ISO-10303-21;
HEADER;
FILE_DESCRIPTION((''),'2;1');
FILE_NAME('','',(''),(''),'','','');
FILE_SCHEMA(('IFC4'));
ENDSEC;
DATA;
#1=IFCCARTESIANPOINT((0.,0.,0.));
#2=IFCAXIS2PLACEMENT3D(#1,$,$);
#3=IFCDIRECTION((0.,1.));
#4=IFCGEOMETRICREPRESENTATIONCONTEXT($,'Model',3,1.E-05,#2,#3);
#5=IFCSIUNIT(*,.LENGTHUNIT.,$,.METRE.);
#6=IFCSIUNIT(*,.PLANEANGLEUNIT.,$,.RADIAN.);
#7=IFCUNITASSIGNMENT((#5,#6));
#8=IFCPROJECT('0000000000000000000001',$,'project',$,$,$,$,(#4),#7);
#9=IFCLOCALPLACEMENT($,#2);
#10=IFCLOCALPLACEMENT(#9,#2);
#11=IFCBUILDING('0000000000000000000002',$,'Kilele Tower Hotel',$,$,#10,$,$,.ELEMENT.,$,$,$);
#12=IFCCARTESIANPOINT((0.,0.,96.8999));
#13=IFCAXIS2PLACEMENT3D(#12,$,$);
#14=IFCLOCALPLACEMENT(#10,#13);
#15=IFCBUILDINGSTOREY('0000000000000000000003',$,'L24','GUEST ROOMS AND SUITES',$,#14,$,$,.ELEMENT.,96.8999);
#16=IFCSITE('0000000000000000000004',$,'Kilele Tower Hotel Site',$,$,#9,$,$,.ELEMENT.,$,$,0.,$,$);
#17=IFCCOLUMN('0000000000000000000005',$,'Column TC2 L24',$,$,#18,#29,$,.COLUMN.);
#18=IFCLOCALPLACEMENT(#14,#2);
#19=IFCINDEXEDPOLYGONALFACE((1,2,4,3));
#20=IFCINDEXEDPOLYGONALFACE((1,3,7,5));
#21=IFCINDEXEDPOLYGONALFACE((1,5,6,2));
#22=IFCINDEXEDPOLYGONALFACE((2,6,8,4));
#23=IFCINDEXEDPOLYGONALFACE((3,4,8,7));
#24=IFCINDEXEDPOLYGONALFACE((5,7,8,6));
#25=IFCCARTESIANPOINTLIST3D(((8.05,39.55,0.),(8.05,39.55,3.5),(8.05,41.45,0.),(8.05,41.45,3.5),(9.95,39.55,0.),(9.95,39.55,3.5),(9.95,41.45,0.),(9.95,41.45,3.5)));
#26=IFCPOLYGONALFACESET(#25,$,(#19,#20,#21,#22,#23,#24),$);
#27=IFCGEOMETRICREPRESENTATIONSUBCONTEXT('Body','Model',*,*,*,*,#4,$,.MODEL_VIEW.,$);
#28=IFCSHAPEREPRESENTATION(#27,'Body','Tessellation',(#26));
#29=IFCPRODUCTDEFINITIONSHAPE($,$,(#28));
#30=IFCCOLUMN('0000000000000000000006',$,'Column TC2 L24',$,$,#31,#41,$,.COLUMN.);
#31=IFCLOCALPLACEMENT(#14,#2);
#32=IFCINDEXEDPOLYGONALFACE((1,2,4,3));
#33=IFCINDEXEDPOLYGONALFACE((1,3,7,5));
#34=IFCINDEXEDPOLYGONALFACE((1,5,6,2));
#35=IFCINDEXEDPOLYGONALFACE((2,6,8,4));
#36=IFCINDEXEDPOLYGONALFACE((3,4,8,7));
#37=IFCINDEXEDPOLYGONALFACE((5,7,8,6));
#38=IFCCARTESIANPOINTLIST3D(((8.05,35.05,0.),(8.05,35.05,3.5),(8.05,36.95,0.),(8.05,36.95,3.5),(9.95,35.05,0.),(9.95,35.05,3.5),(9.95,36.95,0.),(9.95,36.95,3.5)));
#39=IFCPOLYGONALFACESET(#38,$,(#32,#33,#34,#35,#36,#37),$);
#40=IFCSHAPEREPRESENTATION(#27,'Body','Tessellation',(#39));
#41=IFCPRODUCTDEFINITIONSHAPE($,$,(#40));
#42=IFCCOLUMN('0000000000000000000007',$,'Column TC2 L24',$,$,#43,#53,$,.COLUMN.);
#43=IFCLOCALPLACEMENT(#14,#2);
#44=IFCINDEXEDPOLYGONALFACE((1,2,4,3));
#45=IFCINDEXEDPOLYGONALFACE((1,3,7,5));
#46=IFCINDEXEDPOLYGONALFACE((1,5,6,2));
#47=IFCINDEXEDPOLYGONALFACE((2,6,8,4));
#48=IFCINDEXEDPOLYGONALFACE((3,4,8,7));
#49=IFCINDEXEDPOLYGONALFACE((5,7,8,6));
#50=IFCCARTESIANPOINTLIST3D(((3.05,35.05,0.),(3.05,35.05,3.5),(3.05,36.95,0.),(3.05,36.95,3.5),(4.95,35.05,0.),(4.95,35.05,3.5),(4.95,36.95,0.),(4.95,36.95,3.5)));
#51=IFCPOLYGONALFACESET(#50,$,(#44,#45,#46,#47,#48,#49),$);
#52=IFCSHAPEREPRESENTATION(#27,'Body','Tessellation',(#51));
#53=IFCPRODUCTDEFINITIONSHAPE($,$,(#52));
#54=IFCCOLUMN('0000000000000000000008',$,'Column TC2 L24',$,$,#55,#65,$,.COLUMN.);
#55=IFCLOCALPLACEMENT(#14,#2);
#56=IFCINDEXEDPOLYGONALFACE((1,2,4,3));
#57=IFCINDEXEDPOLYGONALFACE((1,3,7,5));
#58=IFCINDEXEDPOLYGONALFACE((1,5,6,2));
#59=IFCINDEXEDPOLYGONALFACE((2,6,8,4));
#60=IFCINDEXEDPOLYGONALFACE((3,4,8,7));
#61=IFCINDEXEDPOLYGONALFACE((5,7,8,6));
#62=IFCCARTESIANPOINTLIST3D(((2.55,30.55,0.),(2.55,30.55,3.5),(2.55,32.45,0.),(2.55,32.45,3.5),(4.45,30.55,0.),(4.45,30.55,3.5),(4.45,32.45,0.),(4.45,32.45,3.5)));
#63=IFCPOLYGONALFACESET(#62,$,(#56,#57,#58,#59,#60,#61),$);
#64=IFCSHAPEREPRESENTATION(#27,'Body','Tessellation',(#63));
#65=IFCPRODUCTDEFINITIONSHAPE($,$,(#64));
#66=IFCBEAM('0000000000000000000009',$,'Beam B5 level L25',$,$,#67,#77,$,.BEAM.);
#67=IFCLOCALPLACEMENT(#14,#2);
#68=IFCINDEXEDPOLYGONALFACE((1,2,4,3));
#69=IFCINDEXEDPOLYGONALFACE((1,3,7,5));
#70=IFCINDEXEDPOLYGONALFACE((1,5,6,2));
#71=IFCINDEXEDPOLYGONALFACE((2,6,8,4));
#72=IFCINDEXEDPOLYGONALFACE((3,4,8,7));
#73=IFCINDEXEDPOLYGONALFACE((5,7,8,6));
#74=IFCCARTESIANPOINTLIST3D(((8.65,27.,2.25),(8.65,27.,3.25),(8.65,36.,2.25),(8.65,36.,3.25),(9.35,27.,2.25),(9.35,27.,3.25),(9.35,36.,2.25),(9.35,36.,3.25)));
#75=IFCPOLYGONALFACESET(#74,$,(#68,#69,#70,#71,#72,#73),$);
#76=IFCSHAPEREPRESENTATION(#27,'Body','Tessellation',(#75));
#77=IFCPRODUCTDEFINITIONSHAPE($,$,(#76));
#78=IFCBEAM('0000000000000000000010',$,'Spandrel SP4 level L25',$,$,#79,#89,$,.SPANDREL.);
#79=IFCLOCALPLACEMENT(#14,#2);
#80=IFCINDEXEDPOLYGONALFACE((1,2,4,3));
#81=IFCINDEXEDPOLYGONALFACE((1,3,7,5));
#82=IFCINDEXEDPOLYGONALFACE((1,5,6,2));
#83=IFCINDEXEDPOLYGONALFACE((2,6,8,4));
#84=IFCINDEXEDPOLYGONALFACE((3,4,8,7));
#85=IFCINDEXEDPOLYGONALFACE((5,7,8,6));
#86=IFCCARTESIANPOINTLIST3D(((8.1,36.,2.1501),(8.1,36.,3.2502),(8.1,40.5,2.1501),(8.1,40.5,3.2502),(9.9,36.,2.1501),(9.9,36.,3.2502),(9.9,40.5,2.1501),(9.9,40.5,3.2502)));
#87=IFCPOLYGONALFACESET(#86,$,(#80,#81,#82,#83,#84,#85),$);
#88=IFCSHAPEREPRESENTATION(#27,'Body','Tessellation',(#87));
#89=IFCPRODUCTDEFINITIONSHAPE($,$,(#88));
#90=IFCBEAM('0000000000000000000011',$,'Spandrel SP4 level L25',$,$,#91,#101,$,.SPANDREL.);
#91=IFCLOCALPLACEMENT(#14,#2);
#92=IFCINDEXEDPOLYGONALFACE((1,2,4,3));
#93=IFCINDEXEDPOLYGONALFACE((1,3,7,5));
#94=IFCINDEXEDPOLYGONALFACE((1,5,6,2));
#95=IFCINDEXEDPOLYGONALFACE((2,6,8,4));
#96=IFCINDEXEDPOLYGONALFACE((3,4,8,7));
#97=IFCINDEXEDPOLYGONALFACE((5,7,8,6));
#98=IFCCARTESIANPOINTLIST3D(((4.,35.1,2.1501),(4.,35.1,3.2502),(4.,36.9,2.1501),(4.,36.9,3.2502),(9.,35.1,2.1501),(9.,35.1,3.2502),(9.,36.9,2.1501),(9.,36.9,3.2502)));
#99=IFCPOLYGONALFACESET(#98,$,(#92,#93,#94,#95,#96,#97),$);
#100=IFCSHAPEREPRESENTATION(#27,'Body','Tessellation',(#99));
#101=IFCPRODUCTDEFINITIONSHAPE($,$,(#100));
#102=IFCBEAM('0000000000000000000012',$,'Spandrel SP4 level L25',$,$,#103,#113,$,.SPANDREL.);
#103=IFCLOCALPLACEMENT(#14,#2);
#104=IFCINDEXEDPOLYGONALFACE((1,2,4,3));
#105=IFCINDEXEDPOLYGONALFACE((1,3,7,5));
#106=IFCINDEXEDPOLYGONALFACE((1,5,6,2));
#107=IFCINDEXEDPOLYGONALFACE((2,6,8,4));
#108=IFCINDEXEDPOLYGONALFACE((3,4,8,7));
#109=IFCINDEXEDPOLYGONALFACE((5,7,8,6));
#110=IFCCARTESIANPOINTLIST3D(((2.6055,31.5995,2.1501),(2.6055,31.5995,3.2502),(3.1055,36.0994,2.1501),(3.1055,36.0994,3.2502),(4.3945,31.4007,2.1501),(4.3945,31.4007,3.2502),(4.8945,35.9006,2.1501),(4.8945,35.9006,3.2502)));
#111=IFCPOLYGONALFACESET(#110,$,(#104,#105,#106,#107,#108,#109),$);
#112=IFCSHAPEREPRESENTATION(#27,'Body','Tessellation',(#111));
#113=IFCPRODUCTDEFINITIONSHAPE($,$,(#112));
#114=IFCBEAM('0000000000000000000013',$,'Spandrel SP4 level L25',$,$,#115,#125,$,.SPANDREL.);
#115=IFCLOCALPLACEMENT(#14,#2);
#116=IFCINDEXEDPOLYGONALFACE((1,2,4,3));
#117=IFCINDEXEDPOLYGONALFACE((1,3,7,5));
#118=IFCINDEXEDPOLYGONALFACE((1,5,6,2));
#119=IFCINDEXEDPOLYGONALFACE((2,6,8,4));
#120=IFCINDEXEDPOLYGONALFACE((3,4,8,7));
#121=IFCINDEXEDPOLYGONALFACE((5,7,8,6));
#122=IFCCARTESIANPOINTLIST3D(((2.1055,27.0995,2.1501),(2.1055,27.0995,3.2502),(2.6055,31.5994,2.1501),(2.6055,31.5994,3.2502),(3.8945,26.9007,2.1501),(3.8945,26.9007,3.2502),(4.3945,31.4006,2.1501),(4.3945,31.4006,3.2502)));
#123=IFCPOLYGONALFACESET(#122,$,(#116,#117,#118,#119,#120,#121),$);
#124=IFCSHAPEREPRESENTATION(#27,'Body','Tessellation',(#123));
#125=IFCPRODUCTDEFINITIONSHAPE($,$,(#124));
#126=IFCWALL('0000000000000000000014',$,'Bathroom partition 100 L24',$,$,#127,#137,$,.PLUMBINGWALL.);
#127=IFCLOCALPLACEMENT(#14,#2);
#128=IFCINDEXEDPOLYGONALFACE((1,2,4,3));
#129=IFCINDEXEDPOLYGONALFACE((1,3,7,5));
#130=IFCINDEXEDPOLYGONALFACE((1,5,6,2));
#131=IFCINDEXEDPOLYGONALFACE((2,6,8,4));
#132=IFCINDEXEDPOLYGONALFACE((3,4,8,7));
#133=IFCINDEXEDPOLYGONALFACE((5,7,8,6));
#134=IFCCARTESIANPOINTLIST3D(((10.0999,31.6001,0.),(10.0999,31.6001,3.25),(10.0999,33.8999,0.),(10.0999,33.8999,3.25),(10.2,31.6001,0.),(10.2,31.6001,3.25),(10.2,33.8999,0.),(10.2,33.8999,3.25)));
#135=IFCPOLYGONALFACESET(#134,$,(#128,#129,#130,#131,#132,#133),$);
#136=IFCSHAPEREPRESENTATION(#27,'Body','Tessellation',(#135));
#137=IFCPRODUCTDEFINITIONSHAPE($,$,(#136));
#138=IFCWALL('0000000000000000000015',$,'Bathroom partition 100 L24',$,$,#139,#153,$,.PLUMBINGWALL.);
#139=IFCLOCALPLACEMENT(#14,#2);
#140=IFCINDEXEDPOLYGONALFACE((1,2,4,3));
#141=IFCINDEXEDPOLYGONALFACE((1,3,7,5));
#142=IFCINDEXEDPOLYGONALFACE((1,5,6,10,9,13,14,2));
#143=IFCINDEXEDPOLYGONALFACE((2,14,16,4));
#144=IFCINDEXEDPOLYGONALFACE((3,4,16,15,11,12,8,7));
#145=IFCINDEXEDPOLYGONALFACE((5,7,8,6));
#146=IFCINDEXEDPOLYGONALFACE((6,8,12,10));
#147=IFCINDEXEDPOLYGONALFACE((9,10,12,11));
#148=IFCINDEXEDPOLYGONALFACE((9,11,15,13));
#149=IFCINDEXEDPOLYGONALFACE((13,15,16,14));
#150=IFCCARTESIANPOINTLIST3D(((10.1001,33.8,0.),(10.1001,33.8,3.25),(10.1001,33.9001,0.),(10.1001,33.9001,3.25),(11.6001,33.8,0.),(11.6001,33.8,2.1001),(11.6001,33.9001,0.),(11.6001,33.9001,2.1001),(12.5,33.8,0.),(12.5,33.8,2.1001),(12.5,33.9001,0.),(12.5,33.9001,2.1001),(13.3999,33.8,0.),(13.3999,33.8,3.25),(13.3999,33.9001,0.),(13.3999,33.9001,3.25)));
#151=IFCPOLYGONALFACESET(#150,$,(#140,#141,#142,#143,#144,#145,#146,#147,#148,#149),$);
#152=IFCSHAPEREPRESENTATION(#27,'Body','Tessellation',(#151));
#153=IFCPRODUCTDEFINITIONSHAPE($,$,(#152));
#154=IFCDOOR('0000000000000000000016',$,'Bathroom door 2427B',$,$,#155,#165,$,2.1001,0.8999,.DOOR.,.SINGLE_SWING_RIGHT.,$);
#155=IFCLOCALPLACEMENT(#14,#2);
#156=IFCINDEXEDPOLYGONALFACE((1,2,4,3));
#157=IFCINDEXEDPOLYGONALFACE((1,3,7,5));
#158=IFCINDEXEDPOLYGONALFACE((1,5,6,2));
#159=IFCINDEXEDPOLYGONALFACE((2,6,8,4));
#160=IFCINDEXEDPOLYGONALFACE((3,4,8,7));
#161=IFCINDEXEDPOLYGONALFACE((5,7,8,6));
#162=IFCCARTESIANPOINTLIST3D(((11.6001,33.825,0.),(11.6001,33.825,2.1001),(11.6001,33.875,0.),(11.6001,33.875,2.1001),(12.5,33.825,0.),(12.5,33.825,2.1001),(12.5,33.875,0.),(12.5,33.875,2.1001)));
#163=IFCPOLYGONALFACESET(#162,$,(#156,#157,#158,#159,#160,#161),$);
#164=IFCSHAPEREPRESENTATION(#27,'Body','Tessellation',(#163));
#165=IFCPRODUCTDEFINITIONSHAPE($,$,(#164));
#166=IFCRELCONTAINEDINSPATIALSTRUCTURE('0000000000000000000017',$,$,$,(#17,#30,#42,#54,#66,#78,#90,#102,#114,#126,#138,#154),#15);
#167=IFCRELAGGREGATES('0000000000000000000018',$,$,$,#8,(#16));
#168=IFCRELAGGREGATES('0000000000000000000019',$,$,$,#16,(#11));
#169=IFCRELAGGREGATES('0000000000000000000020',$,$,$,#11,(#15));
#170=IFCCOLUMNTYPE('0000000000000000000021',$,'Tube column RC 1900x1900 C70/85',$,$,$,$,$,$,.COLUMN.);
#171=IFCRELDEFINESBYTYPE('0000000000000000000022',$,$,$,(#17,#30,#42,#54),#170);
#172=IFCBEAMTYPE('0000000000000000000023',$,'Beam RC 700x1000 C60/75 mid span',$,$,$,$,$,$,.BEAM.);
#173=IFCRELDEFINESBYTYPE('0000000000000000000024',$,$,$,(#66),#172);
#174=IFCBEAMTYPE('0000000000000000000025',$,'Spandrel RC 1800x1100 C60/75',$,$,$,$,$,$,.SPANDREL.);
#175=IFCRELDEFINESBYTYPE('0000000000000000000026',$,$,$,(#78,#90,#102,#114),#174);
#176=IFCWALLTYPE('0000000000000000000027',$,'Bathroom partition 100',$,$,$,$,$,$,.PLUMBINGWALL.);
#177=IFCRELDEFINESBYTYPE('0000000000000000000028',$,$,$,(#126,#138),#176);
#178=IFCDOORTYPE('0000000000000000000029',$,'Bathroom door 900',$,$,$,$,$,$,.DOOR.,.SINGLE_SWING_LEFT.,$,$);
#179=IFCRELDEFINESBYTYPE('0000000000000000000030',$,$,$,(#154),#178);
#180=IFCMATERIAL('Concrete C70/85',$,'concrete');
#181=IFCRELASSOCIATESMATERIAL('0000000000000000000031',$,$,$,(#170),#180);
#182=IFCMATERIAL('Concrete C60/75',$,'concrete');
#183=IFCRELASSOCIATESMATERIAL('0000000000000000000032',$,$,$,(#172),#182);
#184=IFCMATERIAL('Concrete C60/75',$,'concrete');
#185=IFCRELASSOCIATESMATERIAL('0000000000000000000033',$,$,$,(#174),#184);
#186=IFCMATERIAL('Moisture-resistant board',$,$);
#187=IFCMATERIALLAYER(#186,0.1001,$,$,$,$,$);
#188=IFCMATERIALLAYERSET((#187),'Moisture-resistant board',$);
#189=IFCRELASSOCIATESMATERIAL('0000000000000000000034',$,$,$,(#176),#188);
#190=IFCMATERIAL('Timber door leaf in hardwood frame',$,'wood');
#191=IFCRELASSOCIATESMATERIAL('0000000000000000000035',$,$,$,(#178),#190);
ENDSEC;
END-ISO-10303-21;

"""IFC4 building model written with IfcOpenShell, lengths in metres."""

from ifc_helpers import new_model, si_unit, direction, frame, frame_2d, origin, origin_2d, place, context, subcontext, project, spatial, rectangle, extrude, material, layer, layer_set, material_profile, profile_set, type_object, element, fill, save


model = new_model("IFC4")

# Units and contexts
model_context = context("Model", 3, precision=1e-05, world=origin(), true_north=direction((0.0, 1.0)))
body_context = subcontext(model_context, "Body", "Model", "MODEL_VIEW")
ifc_project = project(units=[si_unit("LENGTHUNIT", "METRE"), si_unit("PLANEANGLEUNIT", "RADIAN")], contexts=[model_context])

# Site, building, storey
site_placement = place(None, origin())
site = spatial("IfcSite", under=ifc_project, at=site_placement, Name="Kilele Tower Hotel Site", CompositionType="ELEMENT", RefElevation=0.0)
building_placement = place(site_placement, origin())
building = spatial("IfcBuilding", under=site, at=building_placement, Name="Kilele Tower Hotel", CompositionType="ELEMENT")
storey_placement = place(building_placement, frame((0.0, 0.0, 96.8999)))
storey = spatial("IfcBuildingStorey", under=building, at=storey_placement, Name="L24", Description="GUEST ROOMS AND SUITES", CompositionType="ELEMENT", Elevation=96.8999)

# Columns
ifc_material_1 = material(Name="Concrete C70/85", Category="concrete")
ifc_material_profile_1 = material_profile(ifc_material_1, rectangle(XDim=1.8999, YDim=1.8999, at=origin_2d()))
ifc_profile_set_1 = profile_set([ifc_material_profile_1], Name="Concrete C70/85")
column_type = type_object("IfcColumnType", Name="Tube column RC 1900x1900 C70/85", PredefinedType="COLUMN", material=ifc_profile_set_1)
for number, where, z_axis, x_axis, name in (
    (1, (9.0, 40.5, 0.0), (0.0, 0.0, 1.0), (1.0, 0.0, 0.0), "Column TC2 L24"),
    (2, (9.0, 36.0, 0.0), (0.0, 0.0, 1.0), (1.0, 0.0, 0.0), "Column TC2 L24"),
    (3, (4.0, 36.0, 0.0), (0.0, 0.0, 1.0), (1.0, 0.0, 0.0), "Column TC2 L24"),
    (4, (3.5, 31.5, 0.0), (0.0, 0.0, 1.0), (1.0, 0.0, 0.0), "Column TC2 L24"),
):
    element("IfcColumn", number, at=place(storey_placement, frame(where, z_axis=z_axis, x_axis=x_axis)), inside=storey, type_object=column_type, Name=name, PredefinedType="COLUMN", context=body_context, shape_type="SweptSolid", body=[
        extrude(rectangle(XDim=1.8999, YDim=1.8999, at=origin_2d()), origin(), (0.0, 0.0, 1.0), 3.5),
    ])

# Beams
ifc_material_2 = material(Name="Concrete C60/75", Category="concrete")
ifc_material_profile_2 = material_profile(ifc_material_2, rectangle(XDim=0.7, YDim=1.0, at=origin_2d()))
ifc_profile_set_2 = profile_set([ifc_material_profile_2], Name="Concrete C60/75")
beam_type_1 = type_object("IfcBeamType", Name="Beam RC 700x1000 C60/75 mid span", PredefinedType="BEAM", material=ifc_profile_set_2)
beam_1_placement = place(storey_placement, frame((9.0, 36.0, 2.75), z_axis=(0.0, -1.0, 0.0), x_axis=(1.0, 0.0, 0.0)))
element("IfcBeam", 5, at=beam_1_placement, inside=storey, type_object=beam_type_1, Name="Beam B5 level L25", PredefinedType="BEAM", context=body_context, shape_type="SweptSolid", body=[
    extrude(rectangle(XDim=0.7, YDim=1.0, at=origin_2d()), origin(), (0.0, 0.0, 1.0), 9.0),
])
ifc_material_3 = material(Name="Concrete C60/75", Category="concrete")
ifc_material_profile_3 = material_profile(ifc_material_3, rectangle(XDim=1.8, YDim=1.1001, at=origin_2d()))
ifc_profile_set_3 = profile_set([ifc_material_profile_3], Name="Concrete C60/75")
beam_type_2 = type_object("IfcBeamType", Name="Spandrel RC 1800x1100 C60/75", PredefinedType="SPANDREL", material=ifc_profile_set_3)
beam_2_placement = place(storey_placement, frame((9.0, 40.5, 2.7002), z_axis=(0.0, -1.0, 0.0), x_axis=(1.0, 0.0, 0.0)))
element("IfcBeam", 6, at=beam_2_placement, inside=storey, type_object=beam_type_2, Name="Spandrel SP4 level L25", PredefinedType="SPANDREL", context=body_context, shape_type="SweptSolid", body=[
    extrude(rectangle(XDim=1.8, YDim=1.1001, at=origin_2d()), origin(), (0.0, 0.0, 1.0), 4.5),
])
beam_3_placement = place(storey_placement, frame((9.0, 36.0, 2.7002), z_axis=(-1.0, 0.0, 0.0), x_axis=(0.0, -1.0, 0.0)))
element("IfcBeam", 7, at=beam_3_placement, inside=storey, type_object=beam_type_2, Name="Spandrel SP4 level L25", PredefinedType="SPANDREL", context=body_context, shape_type="SweptSolid", body=[
    extrude(rectangle(XDim=1.8, YDim=1.1001, at=origin_2d()), origin(), (0.0, 0.0, 1.0), 5.0),
])
for number, where, z_axis, x_axis, name in (
    (8, (4.0, 36.0, 2.7002), (-0.110432, -0.993884, 0.0), (0.993884, -0.110432, 0.0), "Spandrel SP4 level L25"),
    (9, (3.5, 31.5, 2.7002), (-0.110432, -0.993884, 0.0), (0.993884, -0.110432, 0.0), "Spandrel SP4 level L25"),
):
    element("IfcBeam", number, at=place(storey_placement, frame(where, z_axis=z_axis, x_axis=x_axis)), inside=storey, type_object=beam_type_2, Name=name, PredefinedType="SPANDREL", context=body_context, shape_type="SweptSolid", body=[
        extrude(rectangle(XDim=1.8, YDim=1.1001, at=origin_2d()), origin(), (0.0, 0.0, 1.0), 4.5276),
    ])

# Wall
ifc_material_4 = material(Name="Moisture-resistant board")
ifc_layer_1 = layer(ifc_material_4, 0.1001)
ifc_layer_set_1 = layer_set([ifc_layer_1], Name="Moisture-resistant board")
wall_type_1 = type_object("IfcWallType", Name="Bathroom partition 100", PredefinedType="PLUMBINGWALL", material=ifc_layer_set_1)
wall_1_placement = place(storey_placement, frame((10.1499, 31.6001, 0.0), z_axis=(0.0, 0.0, 1.0), x_axis=(0.0, 1.0, 0.0)))
element("IfcWall", 10, at=wall_1_placement, inside=storey, type_object=wall_type_1, Name="Bathroom partition 100 L24", PredefinedType="PLUMBINGWALL", context=body_context, shape_type="SweptSolid", body=[
    extrude(rectangle(XDim=2.2998, YDim=0.1001, at=frame_2d((1.1499, 0.0))), origin(), (0.0, 0.0, 1.0), 3.25),
])

# Wall, opening, door
wall_2_placement = place(storey_placement, frame((13.3999, 33.8501, 0.0), z_axis=(0.0, 0.0, 1.0), x_axis=(-1.0, 0.0, 0.0)))
wall_2 = element("IfcWall", 11, at=wall_2_placement, inside=storey, type_object=wall_type_1, Name="Bathroom partition 100 L24", PredefinedType="PLUMBINGWALL", context=body_context, shape_type="SweptSolid", body=[
    extrude(rectangle(XDim=3.2998, YDim=0.1001, at=frame_2d((1.6499, 0.0))), origin(), (0.0, 0.0, 1.0), 3.25),
])
opening_1_placement = place(wall_2_placement, frame((1.7998, 0.0, 0.0), z_axis=(0.0, 0.0, 1.0), x_axis=(-1.0, 0.0, 0.0)))
opening_1 = element("IfcOpeningElement", 12, at=opening_1_placement, cuts=wall_2, PredefinedType="OPENING", context=body_context, shape_type="SweptSolid", body=[
    extrude(rectangle(XDim=0.8999, YDim=2.1001, at=frame_2d((0.45, 1.05))), frame((0.0, 0.0601, 0.0), z_axis=(0.0, -1.0, 0.0), x_axis=(1.0, 0.0, 0.0)), (0.0, 0.0, 1.0), 0.1201),
])
ifc_material_5 = material(Name="Timber door leaf in hardwood frame", Category="wood")
door_type_1 = type_object("IfcDoorType", Name="Bathroom door 900", OperationType="SINGLE_SWING_LEFT", PredefinedType="DOOR", material=ifc_material_5)
door_1_placement = place(opening_1_placement, origin())
door_1 = element("IfcDoor", 13, at=door_1_placement, inside=storey, type_object=door_type_1, Name="Bathroom door 2427B", OperationType="SINGLE_SWING_RIGHT", OverallHeight=2.1001, OverallWidth=0.8999, PredefinedType="DOOR", context=body_context, shape_type="SweptSolid", body=[
    extrude(rectangle(XDim=0.8999, YDim=2.1001, at=frame_2d((0.45, 1.05))), frame((0.0, 0.0249, 0.0), z_axis=(0.0, -1.0, 0.0), x_axis=(1.0, 0.0, 0.0)), (0.0, 0.0, 1.0), 0.05),
])
fill(opening_1, door_1)

save(model, "model.ifc")
